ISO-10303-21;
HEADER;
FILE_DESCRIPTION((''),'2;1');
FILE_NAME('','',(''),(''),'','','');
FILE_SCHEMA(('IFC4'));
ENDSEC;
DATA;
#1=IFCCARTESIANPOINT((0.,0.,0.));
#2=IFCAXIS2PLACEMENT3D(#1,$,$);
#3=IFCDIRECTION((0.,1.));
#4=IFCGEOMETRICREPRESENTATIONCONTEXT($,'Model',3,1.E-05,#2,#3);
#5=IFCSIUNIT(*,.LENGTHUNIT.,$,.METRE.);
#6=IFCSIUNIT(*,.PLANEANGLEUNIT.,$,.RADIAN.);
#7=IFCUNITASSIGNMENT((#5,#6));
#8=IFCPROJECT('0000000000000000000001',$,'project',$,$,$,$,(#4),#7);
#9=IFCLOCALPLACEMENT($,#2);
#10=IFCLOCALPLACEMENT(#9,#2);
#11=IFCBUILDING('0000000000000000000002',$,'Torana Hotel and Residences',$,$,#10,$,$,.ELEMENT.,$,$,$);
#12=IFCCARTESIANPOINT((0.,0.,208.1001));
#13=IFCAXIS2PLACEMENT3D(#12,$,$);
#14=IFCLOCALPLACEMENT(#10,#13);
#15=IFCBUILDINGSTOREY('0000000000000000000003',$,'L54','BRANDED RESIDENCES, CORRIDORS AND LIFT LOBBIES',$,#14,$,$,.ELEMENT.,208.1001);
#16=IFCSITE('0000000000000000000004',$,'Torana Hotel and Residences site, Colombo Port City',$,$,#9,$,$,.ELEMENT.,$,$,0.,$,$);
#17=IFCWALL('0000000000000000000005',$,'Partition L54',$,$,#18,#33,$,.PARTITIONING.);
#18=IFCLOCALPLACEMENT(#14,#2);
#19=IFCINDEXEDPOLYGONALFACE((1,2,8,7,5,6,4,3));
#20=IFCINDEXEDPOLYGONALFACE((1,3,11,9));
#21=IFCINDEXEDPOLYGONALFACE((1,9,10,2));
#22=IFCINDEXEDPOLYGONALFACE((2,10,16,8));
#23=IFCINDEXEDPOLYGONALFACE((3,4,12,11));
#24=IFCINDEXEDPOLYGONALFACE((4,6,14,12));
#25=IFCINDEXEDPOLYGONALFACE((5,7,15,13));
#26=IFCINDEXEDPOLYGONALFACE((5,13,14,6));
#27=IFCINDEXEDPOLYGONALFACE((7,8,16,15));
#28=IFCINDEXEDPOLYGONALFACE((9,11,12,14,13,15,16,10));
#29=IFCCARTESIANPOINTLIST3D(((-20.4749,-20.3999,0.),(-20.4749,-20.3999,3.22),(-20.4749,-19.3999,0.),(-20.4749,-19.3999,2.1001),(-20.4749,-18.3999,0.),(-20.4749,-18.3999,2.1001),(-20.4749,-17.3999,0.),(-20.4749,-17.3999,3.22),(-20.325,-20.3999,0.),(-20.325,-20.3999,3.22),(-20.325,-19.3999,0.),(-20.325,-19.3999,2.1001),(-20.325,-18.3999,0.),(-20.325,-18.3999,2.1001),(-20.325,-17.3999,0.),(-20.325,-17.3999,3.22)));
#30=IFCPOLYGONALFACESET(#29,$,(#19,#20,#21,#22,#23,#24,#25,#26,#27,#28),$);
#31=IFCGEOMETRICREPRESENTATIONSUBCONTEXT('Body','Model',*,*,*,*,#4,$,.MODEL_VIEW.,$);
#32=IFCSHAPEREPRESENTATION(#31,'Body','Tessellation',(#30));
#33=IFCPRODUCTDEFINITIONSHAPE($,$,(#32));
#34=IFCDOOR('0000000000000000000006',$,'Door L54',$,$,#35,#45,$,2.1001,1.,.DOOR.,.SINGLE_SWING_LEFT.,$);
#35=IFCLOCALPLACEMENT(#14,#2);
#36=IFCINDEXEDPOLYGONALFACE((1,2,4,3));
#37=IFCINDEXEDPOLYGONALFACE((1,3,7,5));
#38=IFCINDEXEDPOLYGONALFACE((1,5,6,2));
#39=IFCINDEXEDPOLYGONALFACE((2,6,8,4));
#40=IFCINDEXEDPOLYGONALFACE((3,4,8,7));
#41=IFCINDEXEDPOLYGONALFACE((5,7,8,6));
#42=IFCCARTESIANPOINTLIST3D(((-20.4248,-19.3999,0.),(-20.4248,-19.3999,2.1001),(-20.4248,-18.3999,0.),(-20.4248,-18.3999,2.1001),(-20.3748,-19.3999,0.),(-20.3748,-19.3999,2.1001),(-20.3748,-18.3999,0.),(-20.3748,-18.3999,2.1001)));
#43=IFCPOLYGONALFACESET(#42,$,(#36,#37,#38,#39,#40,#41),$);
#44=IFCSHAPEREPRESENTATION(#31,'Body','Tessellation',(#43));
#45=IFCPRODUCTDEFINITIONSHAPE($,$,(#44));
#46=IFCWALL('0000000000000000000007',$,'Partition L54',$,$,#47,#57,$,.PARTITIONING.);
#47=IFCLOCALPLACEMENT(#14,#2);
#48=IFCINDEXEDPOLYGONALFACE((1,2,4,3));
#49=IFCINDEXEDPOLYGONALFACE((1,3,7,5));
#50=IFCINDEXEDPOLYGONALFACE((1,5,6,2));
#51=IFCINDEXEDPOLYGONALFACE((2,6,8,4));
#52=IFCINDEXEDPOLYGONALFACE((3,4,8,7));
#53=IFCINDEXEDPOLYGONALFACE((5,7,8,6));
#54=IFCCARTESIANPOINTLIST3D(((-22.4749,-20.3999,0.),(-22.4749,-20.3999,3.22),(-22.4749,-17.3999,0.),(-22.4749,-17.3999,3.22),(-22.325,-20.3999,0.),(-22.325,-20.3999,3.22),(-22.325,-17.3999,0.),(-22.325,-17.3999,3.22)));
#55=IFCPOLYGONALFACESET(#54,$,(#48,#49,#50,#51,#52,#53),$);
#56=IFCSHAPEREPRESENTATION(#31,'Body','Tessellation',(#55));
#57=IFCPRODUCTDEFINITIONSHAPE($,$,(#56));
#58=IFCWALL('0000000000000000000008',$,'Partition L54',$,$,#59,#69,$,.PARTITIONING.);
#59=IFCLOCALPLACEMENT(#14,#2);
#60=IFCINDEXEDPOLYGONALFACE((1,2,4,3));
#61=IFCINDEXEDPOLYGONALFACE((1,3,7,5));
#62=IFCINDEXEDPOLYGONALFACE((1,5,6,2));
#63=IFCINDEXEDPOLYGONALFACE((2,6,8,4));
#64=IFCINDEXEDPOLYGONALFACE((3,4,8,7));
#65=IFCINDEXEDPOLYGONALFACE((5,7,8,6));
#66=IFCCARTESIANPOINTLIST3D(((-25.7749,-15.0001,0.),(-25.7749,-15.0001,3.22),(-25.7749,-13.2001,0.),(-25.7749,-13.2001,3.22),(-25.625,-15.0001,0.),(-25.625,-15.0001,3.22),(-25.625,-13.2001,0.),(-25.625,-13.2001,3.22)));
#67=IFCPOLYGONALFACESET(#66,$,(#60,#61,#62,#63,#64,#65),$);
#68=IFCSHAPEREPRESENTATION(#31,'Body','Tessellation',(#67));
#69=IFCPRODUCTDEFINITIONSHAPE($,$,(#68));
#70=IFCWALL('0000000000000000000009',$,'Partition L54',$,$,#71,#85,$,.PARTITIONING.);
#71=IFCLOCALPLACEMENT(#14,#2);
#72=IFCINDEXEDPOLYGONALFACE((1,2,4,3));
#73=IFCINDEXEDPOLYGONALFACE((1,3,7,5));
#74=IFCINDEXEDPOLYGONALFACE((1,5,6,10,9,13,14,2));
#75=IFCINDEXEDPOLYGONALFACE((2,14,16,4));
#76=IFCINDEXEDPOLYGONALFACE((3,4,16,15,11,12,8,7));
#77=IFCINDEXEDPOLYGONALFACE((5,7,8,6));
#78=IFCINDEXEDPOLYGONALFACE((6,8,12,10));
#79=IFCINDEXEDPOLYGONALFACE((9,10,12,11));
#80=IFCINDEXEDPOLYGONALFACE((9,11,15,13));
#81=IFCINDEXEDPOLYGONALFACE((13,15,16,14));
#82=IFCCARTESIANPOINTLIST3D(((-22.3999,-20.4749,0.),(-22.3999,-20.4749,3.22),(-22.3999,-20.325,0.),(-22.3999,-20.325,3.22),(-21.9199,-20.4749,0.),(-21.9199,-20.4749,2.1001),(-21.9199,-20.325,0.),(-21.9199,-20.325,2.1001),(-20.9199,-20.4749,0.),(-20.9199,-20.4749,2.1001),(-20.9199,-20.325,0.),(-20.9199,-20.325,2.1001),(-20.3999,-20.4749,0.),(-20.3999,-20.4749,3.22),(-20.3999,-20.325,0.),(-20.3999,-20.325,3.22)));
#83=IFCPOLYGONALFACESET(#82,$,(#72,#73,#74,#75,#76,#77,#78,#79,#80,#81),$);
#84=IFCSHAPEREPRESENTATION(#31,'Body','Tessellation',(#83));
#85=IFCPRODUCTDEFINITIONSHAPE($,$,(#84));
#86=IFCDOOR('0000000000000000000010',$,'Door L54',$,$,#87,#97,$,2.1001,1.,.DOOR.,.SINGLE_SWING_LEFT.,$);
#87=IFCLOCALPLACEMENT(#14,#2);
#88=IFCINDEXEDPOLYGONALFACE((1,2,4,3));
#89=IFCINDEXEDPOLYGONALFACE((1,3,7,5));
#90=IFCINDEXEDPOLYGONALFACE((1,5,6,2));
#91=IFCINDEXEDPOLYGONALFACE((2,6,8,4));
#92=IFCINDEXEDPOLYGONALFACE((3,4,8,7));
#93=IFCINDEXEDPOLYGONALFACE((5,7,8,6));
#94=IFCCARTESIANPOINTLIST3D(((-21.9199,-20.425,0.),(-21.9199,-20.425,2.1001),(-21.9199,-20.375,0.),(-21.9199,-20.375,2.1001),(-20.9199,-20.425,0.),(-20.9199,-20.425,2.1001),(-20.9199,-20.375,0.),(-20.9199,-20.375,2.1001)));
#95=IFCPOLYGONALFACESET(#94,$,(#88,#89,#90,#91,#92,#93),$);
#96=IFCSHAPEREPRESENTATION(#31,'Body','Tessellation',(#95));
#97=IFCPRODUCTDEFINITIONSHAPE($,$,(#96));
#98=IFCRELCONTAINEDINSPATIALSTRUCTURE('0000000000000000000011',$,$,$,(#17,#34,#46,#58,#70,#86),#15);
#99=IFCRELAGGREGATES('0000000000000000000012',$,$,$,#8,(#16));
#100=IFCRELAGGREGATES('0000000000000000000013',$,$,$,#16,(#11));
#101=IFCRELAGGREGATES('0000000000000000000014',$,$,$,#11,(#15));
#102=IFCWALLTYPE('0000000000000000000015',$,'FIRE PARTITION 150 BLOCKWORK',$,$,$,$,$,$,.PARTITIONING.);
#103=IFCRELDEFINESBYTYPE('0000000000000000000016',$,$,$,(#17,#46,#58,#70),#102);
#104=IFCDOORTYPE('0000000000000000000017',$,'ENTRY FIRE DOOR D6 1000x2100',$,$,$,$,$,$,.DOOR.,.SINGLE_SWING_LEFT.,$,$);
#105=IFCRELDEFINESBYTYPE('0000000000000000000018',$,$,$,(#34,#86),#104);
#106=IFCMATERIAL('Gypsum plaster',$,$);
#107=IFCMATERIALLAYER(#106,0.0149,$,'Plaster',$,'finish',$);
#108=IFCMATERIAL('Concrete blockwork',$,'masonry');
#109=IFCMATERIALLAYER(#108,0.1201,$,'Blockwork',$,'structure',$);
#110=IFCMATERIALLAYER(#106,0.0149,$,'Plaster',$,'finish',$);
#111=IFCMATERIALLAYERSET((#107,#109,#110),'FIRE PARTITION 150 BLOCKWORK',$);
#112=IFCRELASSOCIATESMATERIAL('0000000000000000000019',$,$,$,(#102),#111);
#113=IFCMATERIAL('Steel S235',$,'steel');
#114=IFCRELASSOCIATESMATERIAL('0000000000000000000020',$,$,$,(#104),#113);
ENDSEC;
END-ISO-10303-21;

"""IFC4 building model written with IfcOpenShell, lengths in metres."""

from ifc_helpers import new_model, si_unit, direction, frame, frame_2d, origin, place, context, subcontext, project, spatial, rectangle, extrude, material, layer, layer_set, type_object, element, fill, save


model = new_model("IFC4")

# Units and contexts
model_context = context("Model", 3, precision=1e-05, world=origin(), true_north=direction((0.0, 1.0)))
body_context = subcontext(model_context, "Body", "Model", "MODEL_VIEW")
ifc_project = project(units=[si_unit("LENGTHUNIT", "METRE"), si_unit("PLANEANGLEUNIT", "RADIAN")], contexts=[model_context])

# Site, building, storey
site_placement = place(None, origin())
site = spatial("IfcSite", under=ifc_project, at=site_placement, Name="Torana Hotel and Residences site, Colombo Port City", CompositionType="ELEMENT", RefElevation=0.0)
building_placement = place(site_placement, origin())
building = spatial("IfcBuilding", under=site, at=building_placement, Name="Torana Hotel and Residences", CompositionType="ELEMENT")
storey_placement = place(building_placement, frame((0.0, 0.0, 208.1001)))
storey = spatial("IfcBuildingStorey", under=building, at=storey_placement, Name="L54", Description="BRANDED RESIDENCES, CORRIDORS AND LIFT LOBBIES", CompositionType="ELEMENT", Elevation=208.1001)

# Wall, opening, door
ifc_material_1 = material(Name="Gypsum plaster")
ifc_layer_1 = layer(ifc_material_1, 0.0149, Name="Plaster", Category="finish")
ifc_material_2 = material(Name="Concrete blockwork", Category="masonry")
ifc_layer_2 = layer(ifc_material_2, 0.1201, Name="Blockwork", Category="structure")
ifc_layer_3 = layer(ifc_material_1, 0.0149, Name="Plaster", Category="finish")
ifc_layer_set_1 = layer_set([ifc_layer_1, ifc_layer_2, ifc_layer_3], Name="FIRE PARTITION 150 BLOCKWORK")
wall_type_1 = type_object("IfcWallType", Name="FIRE PARTITION 150 BLOCKWORK", PredefinedType="PARTITIONING", material=ifc_layer_set_1)
wall_1_placement = place(storey_placement, frame((-20.3999, -20.3999, 0.0), z_axis=(0.0, 0.0, 1.0), x_axis=(0.0, 1.0, 0.0)))
wall_1 = element("IfcWall", 1, at=wall_1_placement, inside=storey, type_object=wall_type_1, Name="Partition L54", PredefinedType="PARTITIONING", context=body_context, shape_type="SweptSolid", body=[
    extrude(rectangle(XDim=3.0, YDim=0.1499, at=frame_2d((1.5, 0.0))), origin(), (0.0, 0.0, 1.0), 3.22),
])
opening_1_placement = place(wall_1_placement, frame((1.0, 0.0, 0.0)))
opening_1 = element("IfcOpeningElement", 2, at=opening_1_placement, cuts=wall_1, PredefinedType="OPENING", context=body_context, shape_type="SweptSolid", body=[
    extrude(rectangle(XDim=1.0, YDim=2.1001, at=frame_2d((0.5, 1.05))), frame((0.0, 0.085, 0.0), z_axis=(0.0, -1.0, 0.0), x_axis=(1.0, 0.0, 0.0)), (0.0, 0.0, 1.0), 0.1699),
])
ifc_material_3 = material(Name="Steel S235", Category="steel")
door_type_1 = type_object("IfcDoorType", Name="ENTRY FIRE DOOR D6 1000x2100", OperationType="SINGLE_SWING_LEFT", PredefinedType="DOOR", material=ifc_material_3)
door_1_placement = place(opening_1_placement, frame((0.5, 0.0, 0.0), z_axis=(0.0, 0.0, 1.0), x_axis=(-1.0, 0.0, 0.0)))
door_1 = element("IfcDoor", 3, at=door_1_placement, inside=storey, type_object=door_type_1, Name="Door L54", OperationType="SINGLE_SWING_LEFT", OverallHeight=2.1001, OverallWidth=1.0, PredefinedType="DOOR", context=body_context, shape_type="SweptSolid", body=[
    extrude(rectangle(XDim=1.0, YDim=2.1001, at=frame_2d((0.0, 1.05))), frame((0.0, -0.0249, 0.0), z_axis=(0.0, 1.0, 0.0), x_axis=(-1.0, 0.0, 0.0)), (0.0, 0.0, 1.0), 0.05),
])
fill(opening_1, door_1)

# Walls
wall_2_placement = place(storey_placement, frame((-22.3999, -20.3999, 0.0), z_axis=(0.0, 0.0, 1.0), x_axis=(0.0, 1.0, 0.0)))
element("IfcWall", 4, at=wall_2_placement, inside=storey, type_object=wall_type_1, Name="Partition L54", PredefinedType="PARTITIONING", context=body_context, shape_type="SweptSolid", body=[
    extrude(rectangle(XDim=3.0, YDim=0.1499, at=frame_2d((1.5, 0.0))), origin(), (0.0, 0.0, 1.0), 3.22),
])
wall_3_placement = place(storey_placement, frame((-25.7, -15.0, 0.0), z_axis=(0.0, 0.0, 1.0), x_axis=(0.0, 1.0, 0.0)))
element("IfcWall", 5, at=wall_3_placement, inside=storey, type_object=wall_type_1, Name="Partition L54", PredefinedType="PARTITIONING", context=body_context, shape_type="SweptSolid", body=[
    extrude(rectangle(XDim=1.8, YDim=0.1499, at=frame_2d((0.8999, 0.0))), origin(), (0.0, 0.0, 1.0), 3.22),
])

# Wall, opening, door
wall_4_placement = place(storey_placement, frame((-22.3999, -20.3999, 0.0), z_axis=(0.0, 0.0, 1.0), x_axis=(1.0, 0.0, 0.0)))
wall_4 = element("IfcWall", 6, at=wall_4_placement, inside=storey, type_object=wall_type_1, Name="Partition L54", PredefinedType="PARTITIONING", context=body_context, shape_type="SweptSolid", body=[
    extrude(rectangle(XDim=2.0, YDim=0.1499, at=frame_2d((1.0, 0.0))), origin(), (0.0, 0.0, 1.0), 3.22),
])
opening_2_placement = place(wall_4_placement, frame((0.48, 0.0, 0.0)))
opening_2 = element("IfcOpeningElement", 7, at=opening_2_placement, cuts=wall_4, PredefinedType="OPENING", context=body_context, shape_type="SweptSolid", body=[
    extrude(rectangle(XDim=1.0, YDim=2.1001, at=frame_2d((0.5, 1.05))), frame((0.0, 0.085, 0.0), z_axis=(0.0, -1.0, 0.0), x_axis=(1.0, 0.0, 0.0)), (0.0, 0.0, 1.0), 0.1699),
])
door_2_placement = place(opening_2_placement, frame((0.5, 0.0, 0.0), z_axis=(0.0, 0.0, 1.0), x_axis=(-1.0, 0.0, 0.0)))
door_2 = element("IfcDoor", 8, at=door_2_placement, inside=storey, type_object=door_type_1, Name="Door L54", OperationType="SINGLE_SWING_LEFT", OverallHeight=2.1001, OverallWidth=1.0, PredefinedType="DOOR", context=body_context, shape_type="SweptSolid", body=[
    extrude(rectangle(XDim=1.0, YDim=2.1001, at=frame_2d((0.0, 1.05))), frame((0.0, -0.0249, 0.0), z_axis=(0.0, 1.0, 0.0), x_axis=(-1.0, 0.0, 0.0)), (0.0, 0.0, 1.0), 0.05),
])
fill(opening_2, door_2)

save(model, "model.ifc")
